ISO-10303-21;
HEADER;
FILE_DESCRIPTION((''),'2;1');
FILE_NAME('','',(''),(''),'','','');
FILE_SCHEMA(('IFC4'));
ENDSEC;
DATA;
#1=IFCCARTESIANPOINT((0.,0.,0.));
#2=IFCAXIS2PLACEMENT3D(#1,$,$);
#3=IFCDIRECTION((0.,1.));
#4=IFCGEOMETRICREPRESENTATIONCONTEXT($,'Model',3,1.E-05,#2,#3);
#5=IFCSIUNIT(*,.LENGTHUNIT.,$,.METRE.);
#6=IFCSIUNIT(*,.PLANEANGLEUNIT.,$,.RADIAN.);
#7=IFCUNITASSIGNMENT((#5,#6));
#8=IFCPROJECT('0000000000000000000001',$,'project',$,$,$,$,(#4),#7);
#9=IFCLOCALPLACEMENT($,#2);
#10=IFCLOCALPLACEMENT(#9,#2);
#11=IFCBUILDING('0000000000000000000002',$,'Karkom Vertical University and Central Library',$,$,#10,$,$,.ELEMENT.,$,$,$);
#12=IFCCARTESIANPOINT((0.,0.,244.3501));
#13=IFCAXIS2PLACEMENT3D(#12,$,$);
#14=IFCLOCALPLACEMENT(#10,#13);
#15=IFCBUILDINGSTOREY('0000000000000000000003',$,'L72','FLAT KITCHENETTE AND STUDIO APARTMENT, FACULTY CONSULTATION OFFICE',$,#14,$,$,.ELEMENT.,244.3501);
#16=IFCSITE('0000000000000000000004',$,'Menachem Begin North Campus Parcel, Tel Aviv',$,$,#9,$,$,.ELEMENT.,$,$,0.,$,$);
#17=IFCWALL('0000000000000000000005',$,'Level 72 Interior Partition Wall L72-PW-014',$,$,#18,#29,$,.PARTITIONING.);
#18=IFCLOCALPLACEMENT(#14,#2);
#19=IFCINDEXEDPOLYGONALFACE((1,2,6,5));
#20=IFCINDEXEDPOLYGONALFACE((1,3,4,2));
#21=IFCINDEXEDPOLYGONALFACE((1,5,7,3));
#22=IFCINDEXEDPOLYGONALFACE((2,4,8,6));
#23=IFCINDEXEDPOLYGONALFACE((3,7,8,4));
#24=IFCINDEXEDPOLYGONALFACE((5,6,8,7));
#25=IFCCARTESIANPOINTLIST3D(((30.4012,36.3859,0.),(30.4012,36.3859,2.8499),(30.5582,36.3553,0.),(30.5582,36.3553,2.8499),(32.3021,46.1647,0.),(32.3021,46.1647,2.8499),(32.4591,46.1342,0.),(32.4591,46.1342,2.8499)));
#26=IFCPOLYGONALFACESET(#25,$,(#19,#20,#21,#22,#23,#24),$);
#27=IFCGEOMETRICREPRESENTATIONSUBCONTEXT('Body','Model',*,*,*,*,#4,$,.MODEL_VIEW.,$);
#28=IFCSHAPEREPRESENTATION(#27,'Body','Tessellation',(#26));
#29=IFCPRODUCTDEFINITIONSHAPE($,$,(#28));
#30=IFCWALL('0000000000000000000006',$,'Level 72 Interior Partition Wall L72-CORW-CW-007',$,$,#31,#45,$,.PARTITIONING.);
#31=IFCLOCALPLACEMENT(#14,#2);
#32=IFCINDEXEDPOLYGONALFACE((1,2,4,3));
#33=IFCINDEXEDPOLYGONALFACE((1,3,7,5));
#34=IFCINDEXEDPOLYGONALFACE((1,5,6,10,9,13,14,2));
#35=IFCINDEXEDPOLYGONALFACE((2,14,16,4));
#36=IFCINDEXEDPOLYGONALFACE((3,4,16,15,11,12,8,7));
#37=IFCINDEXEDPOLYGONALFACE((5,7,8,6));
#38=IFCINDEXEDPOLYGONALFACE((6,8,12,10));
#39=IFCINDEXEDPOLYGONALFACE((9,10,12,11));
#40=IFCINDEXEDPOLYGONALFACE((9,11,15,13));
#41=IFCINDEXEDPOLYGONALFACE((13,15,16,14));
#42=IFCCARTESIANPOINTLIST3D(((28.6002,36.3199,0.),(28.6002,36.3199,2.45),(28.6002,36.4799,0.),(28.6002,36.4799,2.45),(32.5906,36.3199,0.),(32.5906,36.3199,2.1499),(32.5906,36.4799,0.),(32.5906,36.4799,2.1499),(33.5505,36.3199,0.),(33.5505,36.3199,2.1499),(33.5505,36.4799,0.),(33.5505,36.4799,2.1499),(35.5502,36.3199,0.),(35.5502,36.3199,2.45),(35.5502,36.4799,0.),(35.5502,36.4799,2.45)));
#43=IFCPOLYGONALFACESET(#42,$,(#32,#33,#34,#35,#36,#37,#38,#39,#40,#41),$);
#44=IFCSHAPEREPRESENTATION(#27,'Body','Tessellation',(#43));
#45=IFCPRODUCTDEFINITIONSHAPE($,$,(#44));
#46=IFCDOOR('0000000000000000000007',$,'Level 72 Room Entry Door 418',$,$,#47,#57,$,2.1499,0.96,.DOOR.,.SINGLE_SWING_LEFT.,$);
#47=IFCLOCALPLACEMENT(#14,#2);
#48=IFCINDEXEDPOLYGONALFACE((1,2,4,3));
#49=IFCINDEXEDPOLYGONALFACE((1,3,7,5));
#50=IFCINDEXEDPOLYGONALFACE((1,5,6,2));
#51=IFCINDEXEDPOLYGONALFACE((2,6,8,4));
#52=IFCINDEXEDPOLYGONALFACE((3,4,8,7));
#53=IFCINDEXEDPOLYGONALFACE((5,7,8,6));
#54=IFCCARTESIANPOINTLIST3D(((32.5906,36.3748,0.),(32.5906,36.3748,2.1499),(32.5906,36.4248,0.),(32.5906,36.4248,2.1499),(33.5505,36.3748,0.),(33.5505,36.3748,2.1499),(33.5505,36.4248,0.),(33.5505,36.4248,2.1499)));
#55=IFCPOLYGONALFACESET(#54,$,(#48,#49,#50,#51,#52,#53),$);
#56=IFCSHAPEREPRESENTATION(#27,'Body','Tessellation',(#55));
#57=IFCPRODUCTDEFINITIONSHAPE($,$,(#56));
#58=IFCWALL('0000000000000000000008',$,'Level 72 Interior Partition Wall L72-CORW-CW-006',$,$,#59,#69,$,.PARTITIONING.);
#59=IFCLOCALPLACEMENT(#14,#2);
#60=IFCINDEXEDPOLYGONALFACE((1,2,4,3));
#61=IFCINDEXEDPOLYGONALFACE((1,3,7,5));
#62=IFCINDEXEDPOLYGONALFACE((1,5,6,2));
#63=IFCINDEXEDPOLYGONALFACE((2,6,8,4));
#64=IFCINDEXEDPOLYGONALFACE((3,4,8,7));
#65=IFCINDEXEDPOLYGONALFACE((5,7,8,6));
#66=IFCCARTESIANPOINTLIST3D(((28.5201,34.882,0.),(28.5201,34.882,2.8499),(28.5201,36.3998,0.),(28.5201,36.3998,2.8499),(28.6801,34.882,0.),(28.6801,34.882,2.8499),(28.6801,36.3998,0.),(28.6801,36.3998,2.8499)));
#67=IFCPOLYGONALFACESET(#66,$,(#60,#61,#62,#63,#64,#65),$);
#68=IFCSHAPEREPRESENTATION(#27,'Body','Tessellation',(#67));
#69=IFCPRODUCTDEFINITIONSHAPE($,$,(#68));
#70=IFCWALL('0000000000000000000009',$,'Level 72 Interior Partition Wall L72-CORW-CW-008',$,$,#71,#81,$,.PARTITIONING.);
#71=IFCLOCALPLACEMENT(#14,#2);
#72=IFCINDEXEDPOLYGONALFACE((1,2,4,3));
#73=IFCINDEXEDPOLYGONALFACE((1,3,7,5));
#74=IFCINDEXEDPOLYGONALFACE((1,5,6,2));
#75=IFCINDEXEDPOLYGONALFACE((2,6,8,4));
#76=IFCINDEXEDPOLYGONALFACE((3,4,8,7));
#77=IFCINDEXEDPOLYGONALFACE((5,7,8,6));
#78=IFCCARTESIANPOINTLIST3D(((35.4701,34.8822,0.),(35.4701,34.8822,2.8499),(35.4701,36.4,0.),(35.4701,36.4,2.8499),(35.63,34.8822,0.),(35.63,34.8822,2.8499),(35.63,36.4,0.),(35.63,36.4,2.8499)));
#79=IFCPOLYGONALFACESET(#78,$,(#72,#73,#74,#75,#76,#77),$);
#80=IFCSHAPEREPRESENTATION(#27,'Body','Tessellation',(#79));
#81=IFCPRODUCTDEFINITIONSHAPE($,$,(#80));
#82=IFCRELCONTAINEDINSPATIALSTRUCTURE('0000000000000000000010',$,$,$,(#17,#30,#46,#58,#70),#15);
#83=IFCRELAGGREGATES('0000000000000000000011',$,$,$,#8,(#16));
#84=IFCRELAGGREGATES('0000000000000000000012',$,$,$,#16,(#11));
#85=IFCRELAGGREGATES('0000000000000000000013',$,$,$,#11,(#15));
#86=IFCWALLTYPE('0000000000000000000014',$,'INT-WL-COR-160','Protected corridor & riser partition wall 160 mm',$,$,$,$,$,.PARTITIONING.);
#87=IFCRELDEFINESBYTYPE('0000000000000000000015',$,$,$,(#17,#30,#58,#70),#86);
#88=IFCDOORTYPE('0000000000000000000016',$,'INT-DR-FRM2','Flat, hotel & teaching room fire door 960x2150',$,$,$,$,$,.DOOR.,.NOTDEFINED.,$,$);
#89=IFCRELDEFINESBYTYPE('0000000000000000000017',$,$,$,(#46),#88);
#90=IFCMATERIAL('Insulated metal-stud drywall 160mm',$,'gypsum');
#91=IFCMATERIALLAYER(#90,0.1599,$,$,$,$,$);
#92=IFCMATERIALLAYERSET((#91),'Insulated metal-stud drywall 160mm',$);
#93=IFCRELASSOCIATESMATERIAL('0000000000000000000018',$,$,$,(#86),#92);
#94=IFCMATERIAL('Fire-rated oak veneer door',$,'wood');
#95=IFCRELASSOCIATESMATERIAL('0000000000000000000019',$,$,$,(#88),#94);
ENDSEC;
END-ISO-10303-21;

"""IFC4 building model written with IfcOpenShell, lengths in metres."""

from ifc_helpers import new_model, si_unit, direction, frame, frame_2d, origin, origin_with_axes, place, context, subcontext, project, spatial, rectangle, extrude, source, transform, mapped, material, layer, layer_set, type_object, element, fill, save


model = new_model("IFC4")

# Units and contexts
model_context = context("Model", 3, precision=1e-05, world=origin(), true_north=direction((0.0, 1.0)))
body_context = subcontext(model_context, "Body", "Model", "MODEL_VIEW")
ifc_project = project(units=[si_unit("LENGTHUNIT", "METRE"), si_unit("PLANEANGLEUNIT", "RADIAN")], contexts=[model_context])

# Site, building, storey
site_placement = place(None, origin())
site = spatial("IfcSite", under=ifc_project, at=site_placement, Name="Menachem Begin North Campus Parcel, Tel Aviv", CompositionType="ELEMENT", RefElevation=0.0)
building_placement = place(site_placement, origin())
building = spatial("IfcBuilding", under=site, at=building_placement, Name="Karkom Vertical University and Central Library", CompositionType="ELEMENT")
storey_placement = place(building_placement, frame((0.0, 0.0, 244.3501)))
storey = spatial("IfcBuildingStorey", under=building, at=storey_placement, Name="L72", Description="FLAT KITCHENETTE AND STUDIO APARTMENT, FACULTY CONSULTATION OFFICE", CompositionType="ELEMENT", Elevation=244.3501)

# Wall
ifc_material_1 = material(Name="Insulated metal-stud drywall 160mm", Category="gypsum")
ifc_layer_1 = layer(ifc_material_1, 0.1599)
ifc_layer_set_1 = layer_set([ifc_layer_1], Name="Insulated metal-stud drywall 160mm")
wall_type_1 = type_object("IfcWallType", Name="INT-WL-COR-160", Description="Protected corridor & riser partition wall 160 mm", PredefinedType="PARTITIONING", material=ifc_layer_set_1)
wall_1_placement = place(storey_placement, frame((30.4797, 36.3706, 0.0), z_axis=(0.0, 0.0, 1.0), x_axis=(0.190816, 0.981626, 0.0)))
element("IfcWall", 1, at=wall_1_placement, inside=storey, type_object=wall_type_1, Name="Level 72 Interior Partition Wall L72-PW-014", PredefinedType="PARTITIONING", context=body_context, shape_type="SweptSolid", body=[
    extrude(rectangle(XDim=9.9619, YDim=0.1599, at=frame_2d((4.981, 0.0))), origin(), (0.0, 0.0, 1.0), 2.8499),
])

# Wall, opening, door
wall_2_placement = place(storey_placement, frame((28.6001, 36.3999, 0.0), z_axis=(0.0, 0.0, 1.0), x_axis=(1.0, 0.0, 0.0)))
wall_2 = element("IfcWall", 2, at=wall_2_placement, inside=storey, type_object=wall_type_1, Name="Level 72 Interior Partition Wall L72-CORW-CW-007", PredefinedType="PARTITIONING", context=body_context, shape_type="SweptSolid", body=[
    extrude(rectangle(XDim=6.95, YDim=0.1599, at=frame_2d((3.4751, 0.0))), origin(), (0.0, 0.0, 1.0), 2.45),
])
opening_1_placement = place(wall_2_placement, frame((3.9905, 0.0, 0.0)))
opening_1 = element("IfcOpeningElement", 3, at=opening_1_placement, cuts=wall_2, PredefinedType="OPENING", context=body_context, shape_type="SweptSolid", body=[
    extrude(rectangle(XDim=0.96, YDim=2.1499, at=frame_2d((0.48, 1.075))), frame((0.0, 0.0898, 0.0), z_axis=(0.0, -1.0, 0.0), x_axis=(1.0, 0.0, 0.0)), (0.0, 0.0, 1.0), 0.1799),
])
ifc_material_2 = material(Name="Fire-rated oak veneer door", Category="wood")
door_type = type_object("IfcDoorType", Name="INT-DR-FRM2", Description="Flat, hotel & teaching room fire door 960x2150", OperationType="NOTDEFINED", PredefinedType="DOOR", material=ifc_material_2)
shared_shape_1 = source(origin_with_axes(), body_context, "Body", "SweptSolid", [
    extrude(rectangle(XDim=0.96, YDim=2.1499, at=frame_2d((0.48, 1.075))), frame((0.0, 0.0249, 0.0), z_axis=(0.0, -1.0, 0.0), x_axis=(1.0, 0.0, 0.0)), (0.0, 0.0, 1.0), 0.05),
])
door_placement = place(opening_1_placement, origin())
door = element("IfcDoor", 4, at=door_placement, inside=storey, type_object=door_type, Name="Level 72 Room Entry Door 418", OperationType="SINGLE_SWING_LEFT", OverallHeight=2.1499, OverallWidth=0.96, PredefinedType="DOOR", context=body_context, shape_type="MappedRepresentation", body=[
    mapped(shared_shape_1, transform((0.0, 0.0, 0.0), scale=1.0)),
])
fill(opening_1, door)

# Walls
for number, where, z_axis, x_axis, name in (
    (5, (28.6001, 34.8821, 0.0), (0.0, 0.0, 1.0), (0.0, 1.0, 0.0), "Level 72 Interior Partition Wall L72-CORW-CW-006"),
    (6, (35.55, 36.3999, 0.0), (0.0, 0.0, 1.0), (0.0, -1.0, 0.0), "Level 72 Interior Partition Wall L72-CORW-CW-008"),
):
    element("IfcWall", number, at=place(storey_placement, frame(where, z_axis=z_axis, x_axis=x_axis)), inside=storey, type_object=wall_type_1, Name=name, PredefinedType="PARTITIONING", context=body_context, shape_type="SweptSolid", body=[
        extrude(rectangle(XDim=1.5178, YDim=0.1599, at=frame_2d((0.7588, 0.0))), origin(), (0.0, 0.0, 1.0), 2.8499),
    ])

save(model, "model.ifc")
